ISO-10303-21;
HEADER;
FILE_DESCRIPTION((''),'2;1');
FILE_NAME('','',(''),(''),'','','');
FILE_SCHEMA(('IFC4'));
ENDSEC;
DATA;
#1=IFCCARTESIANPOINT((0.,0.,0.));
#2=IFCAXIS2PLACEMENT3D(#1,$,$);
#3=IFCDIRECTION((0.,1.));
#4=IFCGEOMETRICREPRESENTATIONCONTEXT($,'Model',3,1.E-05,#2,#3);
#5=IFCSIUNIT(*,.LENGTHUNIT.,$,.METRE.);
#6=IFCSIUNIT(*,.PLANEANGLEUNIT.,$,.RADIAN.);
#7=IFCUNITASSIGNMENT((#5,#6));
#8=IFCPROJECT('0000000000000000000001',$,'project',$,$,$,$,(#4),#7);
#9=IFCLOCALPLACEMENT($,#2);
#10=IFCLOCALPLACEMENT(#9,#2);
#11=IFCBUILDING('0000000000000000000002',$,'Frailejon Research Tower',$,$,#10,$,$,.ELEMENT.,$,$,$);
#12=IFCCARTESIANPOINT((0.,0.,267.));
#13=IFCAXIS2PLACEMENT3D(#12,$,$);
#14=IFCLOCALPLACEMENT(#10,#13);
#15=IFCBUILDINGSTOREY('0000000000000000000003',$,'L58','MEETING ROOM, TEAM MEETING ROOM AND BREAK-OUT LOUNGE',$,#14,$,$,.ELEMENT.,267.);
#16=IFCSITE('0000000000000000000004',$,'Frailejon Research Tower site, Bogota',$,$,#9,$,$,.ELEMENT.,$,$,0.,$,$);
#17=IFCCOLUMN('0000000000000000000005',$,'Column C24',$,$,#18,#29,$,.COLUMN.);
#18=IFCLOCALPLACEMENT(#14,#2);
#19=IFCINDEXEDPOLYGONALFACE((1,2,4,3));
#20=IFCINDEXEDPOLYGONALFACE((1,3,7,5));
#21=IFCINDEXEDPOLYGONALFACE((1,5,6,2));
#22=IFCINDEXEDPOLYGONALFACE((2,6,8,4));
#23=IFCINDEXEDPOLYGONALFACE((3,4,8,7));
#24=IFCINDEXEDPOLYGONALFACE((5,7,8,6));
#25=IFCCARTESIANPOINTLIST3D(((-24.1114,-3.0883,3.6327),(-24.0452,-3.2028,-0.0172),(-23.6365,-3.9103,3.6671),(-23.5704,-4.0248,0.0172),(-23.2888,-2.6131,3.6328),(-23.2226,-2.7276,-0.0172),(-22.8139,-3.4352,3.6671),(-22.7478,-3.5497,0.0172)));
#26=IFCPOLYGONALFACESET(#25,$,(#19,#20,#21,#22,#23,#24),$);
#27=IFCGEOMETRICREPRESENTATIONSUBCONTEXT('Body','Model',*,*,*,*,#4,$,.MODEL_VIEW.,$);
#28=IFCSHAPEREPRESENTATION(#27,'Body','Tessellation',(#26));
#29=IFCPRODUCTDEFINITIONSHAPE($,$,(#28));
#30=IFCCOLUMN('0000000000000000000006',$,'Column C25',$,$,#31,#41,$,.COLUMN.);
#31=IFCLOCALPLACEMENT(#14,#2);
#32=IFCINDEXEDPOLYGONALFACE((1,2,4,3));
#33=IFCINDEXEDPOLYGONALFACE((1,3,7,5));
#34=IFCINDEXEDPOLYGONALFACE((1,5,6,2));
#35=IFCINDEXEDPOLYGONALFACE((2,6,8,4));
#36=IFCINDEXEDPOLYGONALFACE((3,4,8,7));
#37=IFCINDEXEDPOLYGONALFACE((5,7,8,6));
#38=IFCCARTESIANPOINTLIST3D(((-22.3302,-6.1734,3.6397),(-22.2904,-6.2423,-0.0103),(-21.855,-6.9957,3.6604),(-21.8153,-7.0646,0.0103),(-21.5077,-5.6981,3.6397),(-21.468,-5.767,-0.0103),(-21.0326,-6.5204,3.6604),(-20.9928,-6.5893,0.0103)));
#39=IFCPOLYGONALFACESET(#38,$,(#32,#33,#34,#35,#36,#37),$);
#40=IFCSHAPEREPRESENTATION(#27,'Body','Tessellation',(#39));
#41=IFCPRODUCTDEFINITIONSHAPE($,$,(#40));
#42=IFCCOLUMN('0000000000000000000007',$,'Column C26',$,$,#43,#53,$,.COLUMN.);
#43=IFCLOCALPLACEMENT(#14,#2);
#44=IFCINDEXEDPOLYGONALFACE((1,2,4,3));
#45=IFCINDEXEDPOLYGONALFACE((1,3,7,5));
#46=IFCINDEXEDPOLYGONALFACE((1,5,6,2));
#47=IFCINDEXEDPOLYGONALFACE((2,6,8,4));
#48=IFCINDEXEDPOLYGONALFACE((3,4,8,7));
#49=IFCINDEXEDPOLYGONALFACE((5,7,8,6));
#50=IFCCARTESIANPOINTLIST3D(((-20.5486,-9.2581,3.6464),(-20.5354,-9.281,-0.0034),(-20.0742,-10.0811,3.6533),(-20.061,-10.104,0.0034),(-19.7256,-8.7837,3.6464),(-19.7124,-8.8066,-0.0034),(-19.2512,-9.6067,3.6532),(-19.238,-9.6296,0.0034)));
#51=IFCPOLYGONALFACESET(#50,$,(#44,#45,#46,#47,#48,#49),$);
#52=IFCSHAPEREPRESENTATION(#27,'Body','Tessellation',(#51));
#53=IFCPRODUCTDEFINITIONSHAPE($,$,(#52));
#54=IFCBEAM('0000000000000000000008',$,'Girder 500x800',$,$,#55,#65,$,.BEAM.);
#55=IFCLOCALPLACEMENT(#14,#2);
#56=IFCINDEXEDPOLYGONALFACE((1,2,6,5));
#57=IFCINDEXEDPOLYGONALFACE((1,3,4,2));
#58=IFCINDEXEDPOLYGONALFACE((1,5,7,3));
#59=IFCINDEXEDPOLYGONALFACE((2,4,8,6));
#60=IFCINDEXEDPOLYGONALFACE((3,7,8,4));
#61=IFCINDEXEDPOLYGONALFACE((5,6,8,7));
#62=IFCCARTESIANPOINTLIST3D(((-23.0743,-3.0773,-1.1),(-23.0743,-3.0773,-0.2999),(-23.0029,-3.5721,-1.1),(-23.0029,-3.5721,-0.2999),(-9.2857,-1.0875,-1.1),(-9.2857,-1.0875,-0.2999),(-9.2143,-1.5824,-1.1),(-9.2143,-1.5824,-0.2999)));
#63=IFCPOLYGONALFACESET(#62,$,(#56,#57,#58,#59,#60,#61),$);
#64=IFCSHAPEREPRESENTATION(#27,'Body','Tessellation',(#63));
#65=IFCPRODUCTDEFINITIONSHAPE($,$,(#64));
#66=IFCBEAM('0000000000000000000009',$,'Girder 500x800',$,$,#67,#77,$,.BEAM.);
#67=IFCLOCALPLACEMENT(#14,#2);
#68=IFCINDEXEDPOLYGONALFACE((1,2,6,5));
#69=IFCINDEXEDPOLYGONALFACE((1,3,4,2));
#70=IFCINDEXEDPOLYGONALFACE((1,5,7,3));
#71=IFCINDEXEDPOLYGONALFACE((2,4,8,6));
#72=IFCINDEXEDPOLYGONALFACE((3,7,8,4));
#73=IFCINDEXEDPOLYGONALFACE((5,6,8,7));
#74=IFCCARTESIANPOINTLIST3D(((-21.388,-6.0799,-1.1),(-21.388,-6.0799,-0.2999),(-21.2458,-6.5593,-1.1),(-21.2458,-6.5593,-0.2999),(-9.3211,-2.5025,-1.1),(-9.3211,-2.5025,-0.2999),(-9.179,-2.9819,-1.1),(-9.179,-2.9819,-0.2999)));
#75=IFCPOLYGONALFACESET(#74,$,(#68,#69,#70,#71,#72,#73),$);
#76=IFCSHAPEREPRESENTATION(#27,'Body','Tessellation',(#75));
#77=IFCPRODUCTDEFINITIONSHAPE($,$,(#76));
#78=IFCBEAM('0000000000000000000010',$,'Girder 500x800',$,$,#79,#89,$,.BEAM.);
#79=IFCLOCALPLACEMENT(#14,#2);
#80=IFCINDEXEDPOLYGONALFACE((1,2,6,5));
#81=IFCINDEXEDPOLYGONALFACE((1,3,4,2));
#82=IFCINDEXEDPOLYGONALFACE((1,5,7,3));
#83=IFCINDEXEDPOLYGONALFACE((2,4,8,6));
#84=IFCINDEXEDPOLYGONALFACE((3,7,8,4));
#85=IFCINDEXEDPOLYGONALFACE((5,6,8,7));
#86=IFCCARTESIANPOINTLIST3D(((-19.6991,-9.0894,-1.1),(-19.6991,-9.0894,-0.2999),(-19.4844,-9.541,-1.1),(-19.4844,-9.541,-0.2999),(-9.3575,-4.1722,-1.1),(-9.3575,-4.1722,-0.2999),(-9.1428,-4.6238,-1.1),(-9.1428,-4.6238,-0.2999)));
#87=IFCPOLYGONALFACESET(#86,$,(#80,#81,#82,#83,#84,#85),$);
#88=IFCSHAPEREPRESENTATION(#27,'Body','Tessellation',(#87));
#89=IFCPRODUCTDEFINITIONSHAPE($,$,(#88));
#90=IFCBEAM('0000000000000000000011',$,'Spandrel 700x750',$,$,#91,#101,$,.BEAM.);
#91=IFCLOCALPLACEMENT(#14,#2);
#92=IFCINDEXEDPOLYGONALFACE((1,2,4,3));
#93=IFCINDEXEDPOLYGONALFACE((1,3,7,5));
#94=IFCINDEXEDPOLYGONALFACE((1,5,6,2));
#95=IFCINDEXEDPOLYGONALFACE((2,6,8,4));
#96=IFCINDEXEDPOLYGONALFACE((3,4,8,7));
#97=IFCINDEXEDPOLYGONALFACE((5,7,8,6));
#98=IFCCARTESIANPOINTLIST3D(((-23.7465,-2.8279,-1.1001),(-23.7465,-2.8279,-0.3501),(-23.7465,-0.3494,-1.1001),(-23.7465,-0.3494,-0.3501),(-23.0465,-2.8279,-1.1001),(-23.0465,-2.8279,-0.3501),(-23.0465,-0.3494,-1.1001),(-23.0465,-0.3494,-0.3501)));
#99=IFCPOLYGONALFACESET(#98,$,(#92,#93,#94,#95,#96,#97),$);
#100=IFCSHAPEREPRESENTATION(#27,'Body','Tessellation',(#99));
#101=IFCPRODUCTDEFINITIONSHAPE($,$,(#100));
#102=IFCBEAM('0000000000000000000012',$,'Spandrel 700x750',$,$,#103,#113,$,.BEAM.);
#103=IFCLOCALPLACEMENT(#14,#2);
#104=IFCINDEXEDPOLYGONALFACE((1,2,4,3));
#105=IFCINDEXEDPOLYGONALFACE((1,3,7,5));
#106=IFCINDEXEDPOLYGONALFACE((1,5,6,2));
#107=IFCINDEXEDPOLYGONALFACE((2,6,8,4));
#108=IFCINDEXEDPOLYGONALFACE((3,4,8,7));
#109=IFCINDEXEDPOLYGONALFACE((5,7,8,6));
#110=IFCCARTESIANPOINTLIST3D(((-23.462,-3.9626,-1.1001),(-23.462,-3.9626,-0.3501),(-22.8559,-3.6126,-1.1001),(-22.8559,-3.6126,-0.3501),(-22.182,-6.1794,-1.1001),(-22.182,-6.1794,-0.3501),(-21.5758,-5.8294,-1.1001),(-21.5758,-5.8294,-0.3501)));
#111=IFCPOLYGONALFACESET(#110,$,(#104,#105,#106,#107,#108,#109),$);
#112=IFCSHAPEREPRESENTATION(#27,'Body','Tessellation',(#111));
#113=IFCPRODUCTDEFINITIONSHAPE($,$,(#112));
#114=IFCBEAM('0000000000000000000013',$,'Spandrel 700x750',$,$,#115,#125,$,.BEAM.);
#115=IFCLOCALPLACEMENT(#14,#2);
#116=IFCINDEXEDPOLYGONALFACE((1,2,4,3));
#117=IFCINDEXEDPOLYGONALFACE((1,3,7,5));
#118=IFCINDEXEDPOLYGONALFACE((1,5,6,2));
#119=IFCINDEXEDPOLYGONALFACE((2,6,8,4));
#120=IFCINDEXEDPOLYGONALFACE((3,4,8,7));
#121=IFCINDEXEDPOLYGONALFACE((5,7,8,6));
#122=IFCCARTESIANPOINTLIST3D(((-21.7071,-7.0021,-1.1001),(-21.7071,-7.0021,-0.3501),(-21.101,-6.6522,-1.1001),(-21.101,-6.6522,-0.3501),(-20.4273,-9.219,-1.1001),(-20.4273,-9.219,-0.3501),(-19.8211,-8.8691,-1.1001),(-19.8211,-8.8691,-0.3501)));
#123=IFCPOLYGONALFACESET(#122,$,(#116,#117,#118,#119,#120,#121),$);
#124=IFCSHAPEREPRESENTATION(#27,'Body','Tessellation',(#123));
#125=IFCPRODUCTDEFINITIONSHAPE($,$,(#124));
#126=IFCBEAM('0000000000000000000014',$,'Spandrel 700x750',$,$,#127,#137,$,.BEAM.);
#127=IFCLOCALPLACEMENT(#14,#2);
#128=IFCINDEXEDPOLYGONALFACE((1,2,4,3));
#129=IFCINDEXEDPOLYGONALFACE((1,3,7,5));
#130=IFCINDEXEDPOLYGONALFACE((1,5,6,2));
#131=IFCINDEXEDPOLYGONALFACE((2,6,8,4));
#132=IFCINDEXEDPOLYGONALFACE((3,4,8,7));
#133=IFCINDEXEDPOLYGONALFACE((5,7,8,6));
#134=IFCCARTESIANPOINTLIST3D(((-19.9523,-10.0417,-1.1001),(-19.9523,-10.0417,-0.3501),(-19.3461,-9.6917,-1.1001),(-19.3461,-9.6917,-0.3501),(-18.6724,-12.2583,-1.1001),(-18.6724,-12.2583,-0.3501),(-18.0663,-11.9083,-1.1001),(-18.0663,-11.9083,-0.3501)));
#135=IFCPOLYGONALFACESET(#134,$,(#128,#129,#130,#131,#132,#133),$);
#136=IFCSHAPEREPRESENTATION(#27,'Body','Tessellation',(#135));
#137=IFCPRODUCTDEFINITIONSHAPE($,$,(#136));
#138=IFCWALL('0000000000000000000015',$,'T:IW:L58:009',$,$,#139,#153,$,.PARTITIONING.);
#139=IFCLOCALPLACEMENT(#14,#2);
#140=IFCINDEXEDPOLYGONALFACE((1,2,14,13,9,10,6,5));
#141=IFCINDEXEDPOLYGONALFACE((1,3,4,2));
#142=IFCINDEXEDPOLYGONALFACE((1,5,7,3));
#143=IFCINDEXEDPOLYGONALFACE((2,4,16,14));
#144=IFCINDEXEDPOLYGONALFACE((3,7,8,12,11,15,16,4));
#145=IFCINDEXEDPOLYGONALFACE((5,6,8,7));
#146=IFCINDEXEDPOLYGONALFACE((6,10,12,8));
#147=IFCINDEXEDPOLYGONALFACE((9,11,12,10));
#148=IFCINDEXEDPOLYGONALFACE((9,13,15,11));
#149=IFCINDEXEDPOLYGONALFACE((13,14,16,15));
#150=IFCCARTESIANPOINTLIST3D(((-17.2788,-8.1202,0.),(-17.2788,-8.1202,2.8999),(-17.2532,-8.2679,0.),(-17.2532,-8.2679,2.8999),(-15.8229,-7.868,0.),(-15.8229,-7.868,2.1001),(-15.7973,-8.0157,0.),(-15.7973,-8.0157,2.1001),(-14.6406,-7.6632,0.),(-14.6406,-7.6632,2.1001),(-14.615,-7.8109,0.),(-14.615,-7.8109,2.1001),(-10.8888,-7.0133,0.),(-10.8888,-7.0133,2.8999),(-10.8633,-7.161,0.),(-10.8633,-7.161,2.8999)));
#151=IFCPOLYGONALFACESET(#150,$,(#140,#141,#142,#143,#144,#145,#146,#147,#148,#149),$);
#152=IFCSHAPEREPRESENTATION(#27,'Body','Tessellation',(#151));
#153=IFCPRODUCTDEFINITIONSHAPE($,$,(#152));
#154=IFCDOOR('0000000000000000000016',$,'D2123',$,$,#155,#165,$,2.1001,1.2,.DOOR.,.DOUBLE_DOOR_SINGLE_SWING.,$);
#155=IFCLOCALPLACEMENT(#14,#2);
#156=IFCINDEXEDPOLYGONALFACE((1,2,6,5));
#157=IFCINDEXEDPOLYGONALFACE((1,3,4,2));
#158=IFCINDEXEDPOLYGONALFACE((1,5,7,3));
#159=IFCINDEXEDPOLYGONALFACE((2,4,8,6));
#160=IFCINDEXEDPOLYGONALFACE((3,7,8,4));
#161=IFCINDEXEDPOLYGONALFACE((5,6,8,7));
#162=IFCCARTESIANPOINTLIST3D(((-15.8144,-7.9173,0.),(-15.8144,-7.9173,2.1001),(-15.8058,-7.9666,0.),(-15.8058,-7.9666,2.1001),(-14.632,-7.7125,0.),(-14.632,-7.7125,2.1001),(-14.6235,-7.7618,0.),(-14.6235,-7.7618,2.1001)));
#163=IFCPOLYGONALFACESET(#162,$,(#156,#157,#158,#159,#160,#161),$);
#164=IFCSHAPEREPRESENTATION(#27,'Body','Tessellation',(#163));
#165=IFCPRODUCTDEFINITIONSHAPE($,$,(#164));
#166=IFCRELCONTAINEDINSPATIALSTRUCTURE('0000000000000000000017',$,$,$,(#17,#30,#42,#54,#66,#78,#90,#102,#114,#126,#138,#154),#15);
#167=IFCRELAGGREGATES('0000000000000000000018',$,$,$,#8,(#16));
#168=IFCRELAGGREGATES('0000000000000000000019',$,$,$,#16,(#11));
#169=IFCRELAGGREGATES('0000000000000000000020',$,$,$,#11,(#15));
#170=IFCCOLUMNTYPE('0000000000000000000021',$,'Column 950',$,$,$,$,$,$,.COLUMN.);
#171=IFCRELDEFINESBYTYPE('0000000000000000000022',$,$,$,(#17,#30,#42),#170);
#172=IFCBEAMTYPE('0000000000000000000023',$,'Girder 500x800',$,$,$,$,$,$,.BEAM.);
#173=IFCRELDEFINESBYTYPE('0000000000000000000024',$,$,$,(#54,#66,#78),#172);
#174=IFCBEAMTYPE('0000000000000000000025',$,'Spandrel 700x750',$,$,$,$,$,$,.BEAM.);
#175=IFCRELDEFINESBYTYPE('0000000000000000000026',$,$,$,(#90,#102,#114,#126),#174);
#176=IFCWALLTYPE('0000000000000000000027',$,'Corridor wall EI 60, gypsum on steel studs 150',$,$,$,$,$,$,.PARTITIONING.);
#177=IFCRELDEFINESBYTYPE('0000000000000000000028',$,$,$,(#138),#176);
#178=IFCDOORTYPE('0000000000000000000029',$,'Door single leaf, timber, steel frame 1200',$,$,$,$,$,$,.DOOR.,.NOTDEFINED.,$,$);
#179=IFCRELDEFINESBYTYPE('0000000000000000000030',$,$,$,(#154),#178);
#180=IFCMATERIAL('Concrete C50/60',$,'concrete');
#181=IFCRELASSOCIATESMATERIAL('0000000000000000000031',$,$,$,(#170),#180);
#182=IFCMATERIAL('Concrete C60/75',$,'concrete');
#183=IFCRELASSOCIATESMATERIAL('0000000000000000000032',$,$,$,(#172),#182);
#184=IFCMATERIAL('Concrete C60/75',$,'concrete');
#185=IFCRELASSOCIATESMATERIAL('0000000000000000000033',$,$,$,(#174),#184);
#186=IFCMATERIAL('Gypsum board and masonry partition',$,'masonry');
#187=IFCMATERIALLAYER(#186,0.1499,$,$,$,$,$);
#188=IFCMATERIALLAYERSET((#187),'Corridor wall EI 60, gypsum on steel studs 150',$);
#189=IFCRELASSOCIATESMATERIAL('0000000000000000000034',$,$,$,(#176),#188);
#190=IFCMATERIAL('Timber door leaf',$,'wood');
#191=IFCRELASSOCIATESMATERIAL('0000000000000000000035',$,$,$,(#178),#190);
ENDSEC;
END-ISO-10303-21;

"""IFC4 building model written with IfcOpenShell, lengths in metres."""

from ifc_helpers import new_model, si_unit, direction, frame, frame_2d, origin, origin_2d, place, context, subcontext, project, spatial, rectangle, extrude, material, layer, layer_set, material_profile, profile_set, type_object, element, fill, save


model = new_model("IFC4")

# Units and contexts
model_context = context("Model", 3, precision=1e-05, world=origin(), true_north=direction((0.0, 1.0)))
body_context = subcontext(model_context, "Body", "Model", "MODEL_VIEW")
ifc_project = project(units=[si_unit("LENGTHUNIT", "METRE"), si_unit("PLANEANGLEUNIT", "RADIAN")], contexts=[model_context])

# Site, building, storey
site_placement = place(None, origin())
site = spatial("IfcSite", under=ifc_project, at=site_placement, Name="Frailejon Research Tower site, Bogota", CompositionType="ELEMENT", RefElevation=0.0)
building_placement = place(site_placement, origin())
building = spatial("IfcBuilding", under=site, at=building_placement, Name="Frailejon Research Tower", CompositionType="ELEMENT")
storey_placement = place(building_placement, frame((0.0, 0.0, 267.0)))
storey = spatial("IfcBuildingStorey", under=building, at=storey_placement, Name="L58", Description="MEETING ROOM, TEAM MEETING ROOM AND BREAK-OUT LOUNGE", CompositionType="ELEMENT", Elevation=267.0)

# Columns
ifc_material_1 = material(Name="Concrete C50/60", Category="concrete")
ifc_material_profile_1 = material_profile(ifc_material_1, rectangle(XDim=0.95, YDim=0.95, at=origin_2d()), Name="Column 950")
ifc_profile_set_1 = profile_set([ifc_material_profile_1], Name="Concrete C50/60")
column_type = type_object("IfcColumnType", Name="Column 950", PredefinedType="COLUMN", material=ifc_profile_set_1)
column_1_placement = place(storey_placement, frame((-23.3965, -3.3762, 0.0), z_axis=(-0.018115, 0.031351, 0.999344), x_axis=(0.49984, -0.865361, 0.036208)))
element("IfcColumn", 1, at=column_1_placement, inside=storey, type_object=column_type, Name="Column C24", PredefinedType="COLUMN", context=body_context, shape_type="SweptSolid", body=[
    extrude(rectangle(XDim=0.95, YDim=0.95, at=origin_2d()), origin(), (0.0, 0.0, 1.0), 3.6523),
])
column_2_placement = place(storey_placement, frame((-21.6416, -6.4158, 0.0), z_axis=(-0.0109, 0.018858, 0.999763), x_axis=(0.500226, -0.865621, 0.021782)))
element("IfcColumn", 2, at=column_2_placement, inside=storey, type_object=column_type, Name="Column C25", PredefinedType="COLUMN", context=body_context, shape_type="SweptSolid", body=[
    extrude(rectangle(XDim=0.95, YDim=0.95, at=origin_2d()), origin(), (0.0, 0.0, 1.0), 3.6509),
])
column_3_placement = place(storey_placement, frame((-19.8867, -9.4553, 0.0), z_axis=(-0.003612, 0.006287, 0.999974), x_axis=(0.499382, -0.866352, 0.007251)))
element("IfcColumn", 3, at=column_3_placement, inside=storey, type_object=column_type, Name="Column C26", PredefinedType="COLUMN", context=body_context, shape_type="SweptSolid", body=[
    extrude(rectangle(XDim=0.95, YDim=0.95, at=origin_2d()), origin(), (0.0, 0.0, 1.0), 3.6499),
])

# Beams
ifc_material_2 = material(Name="Concrete C60/75", Category="concrete")
ifc_material_profile_2 = material_profile(ifc_material_2, rectangle(XDim=0.5, YDim=0.8, at=origin_2d()), Name="Girder 500x800")
ifc_profile_set_2 = profile_set([ifc_material_profile_2], Name="Concrete C60/75")
beam_type_1 = type_object("IfcBeamType", Name="Girder 500x800", PredefinedType="BEAM", material=ifc_profile_set_2)
beam_1_placement = place(storey_placement, frame((-23.0386, -3.3247, -0.7), z_axis=(0.989748, 0.142825, 0.0), x_axis=(-0.142825, 0.989748, 0.0)))
element("IfcBeam", 4, at=beam_1_placement, inside=storey, type_object=beam_type_1, Name="Girder 500x800", PredefinedType="BEAM", context=body_context, shape_type="SweptSolid", body=[
    extrude(rectangle(XDim=0.5, YDim=0.8, at=origin_2d()), origin(), (0.0, 0.0, 1.0), 13.9314),
])
beam_2_placement = place(storey_placement, frame((-21.3169, -6.3196, -0.7), z_axis=(0.958754, 0.284236, 0.0), x_axis=(-0.284236, 0.958754, 0.0)))
element("IfcBeam", 5, at=beam_2_placement, inside=storey, type_object=beam_type_1, Name="Girder 500x800", PredefinedType="BEAM", context=body_context, shape_type="SweptSolid", body=[
    extrude(rectangle(XDim=0.5, YDim=0.8, at=origin_2d()), origin(), (0.0, 0.0, 1.0), 12.5859),
])
beam_3_placement = place(storey_placement, frame((-19.5918, -9.3152, -0.7), z_axis=(0.903112, 0.429405, 0.0), x_axis=(-0.429405, 0.903112, 0.0)))
element("IfcBeam", 6, at=beam_3_placement, inside=storey, type_object=beam_type_1, Name="Girder 500x800", PredefinedType="BEAM", context=body_context, shape_type="SweptSolid", body=[
    extrude(rectangle(XDim=0.5, YDim=0.8, at=origin_2d()), origin(), (0.0, 0.0, 1.0), 11.4512),
])
ifc_material_3 = material(Name="Concrete C60/75", Category="concrete")
ifc_material_profile_3 = material_profile(ifc_material_3, rectangle(XDim=0.7, YDim=0.75, at=origin_2d()), Name="Spandrel 700x750")
ifc_profile_set_3 = profile_set([ifc_material_profile_3], Name="Concrete C60/75")
beam_type_2 = type_object("IfcBeamType", Name="Spandrel 700x750", PredefinedType="BEAM", material=ifc_profile_set_3)
beam_4_placement = place(storey_placement, frame((-23.3965, -0.3494, -0.7251), z_axis=(0.0, -1.0, 0.0), x_axis=(1.0, 0.0, 0.0)))
element("IfcBeam", 7, at=beam_4_placement, inside=storey, type_object=beam_type_2, Name="Spandrel 700x750", PredefinedType="BEAM", context=body_context, shape_type="SweptSolid", body=[
    extrude(rectangle(XDim=0.7, YDim=0.75, at=origin_2d()), origin(), (0.0, 0.0, 1.0), 2.4785),
])
for number, where, z_axis, x_axis, name in (
    (8, (-23.1589, -3.7876, -0.7251), (0.500047, -0.865998, 0.0), (0.865998, 0.500047, 0.0), "Spandrel 700x750"),
    (9, (-21.4041, -6.8271, -0.7251), (0.499976, -0.866039, 0.0), (0.866039, 0.499976, 0.0), "Spandrel 700x750"),
):
    element("IfcBeam", number, at=place(storey_placement, frame(where, z_axis=z_axis, x_axis=x_axis)), inside=storey, type_object=beam_type_2, Name=name, PredefinedType="BEAM", context=body_context, shape_type="SweptSolid", body=[
        extrude(rectangle(XDim=0.7, YDim=0.75, at=origin_2d()), origin(), (0.0, 0.0, 1.0), 2.5598),
    ])
beam_5_placement = place(storey_placement, frame((-19.6492, -9.8667, -0.7251), z_axis=(0.500017, -0.866016, 0.0), x_axis=(0.866016, 0.500017, 0.0)))
element("IfcBeam", 10, at=beam_5_placement, inside=storey, type_object=beam_type_2, Name="Spandrel 700x750", PredefinedType="BEAM", context=body_context, shape_type="SweptSolid", body=[
    extrude(rectangle(XDim=0.7, YDim=0.75, at=origin_2d()), origin(), (0.0, 0.0, 1.0), 2.5596),
])

# Wall, opening, door
ifc_material_4 = material(Name="Gypsum board and masonry partition", Category="masonry")
ifc_layer_1 = layer(ifc_material_4, 0.1499)
ifc_layer_set_1 = layer_set([ifc_layer_1], Name="Corridor wall EI 60, gypsum on steel studs 150")
wall_type_1 = type_object("IfcWallType", Name="Corridor wall EI 60, gypsum on steel studs 150", PredefinedType="PARTITIONING", material=ifc_layer_set_1)
wall_1_placement = place(storey_placement, frame((-17.2661, -8.1941, 0.0), z_axis=(0.0, 0.0, 1.0), x_axis=(0.985325, 0.17069, 0.0)))
wall_1 = element("IfcWall", 11, at=wall_1_placement, inside=storey, type_object=wall_type_1, Name="T:IW:L58:009", PredefinedType="PARTITIONING", context=body_context, shape_type="SweptSolid", body=[
    extrude(rectangle(XDim=6.4851, YDim=0.1499, at=frame_2d((3.2427, 0.0))), origin(), (0.0, 0.0, 1.0), 2.8999),
])
opening_1_placement = place(wall_1_placement, frame((1.4775, 0.0, 0.0)))
opening_1 = element("IfcOpeningElement", 12, at=opening_1_placement, cuts=wall_1, PredefinedType="OPENING", context=body_context, shape_type="SweptSolid", body=[
    extrude(rectangle(XDim=1.2, YDim=2.1001, at=frame_2d((0.6001, 1.05))), frame((0.0, 0.085, 0.0), z_axis=(0.0, -1.0, 0.0), x_axis=(1.0, 0.0, 0.0)), (0.0, 0.0, 1.0), 0.1699),
])
ifc_material_5 = material(Name="Timber door leaf", Category="wood")
door_type_1 = type_object("IfcDoorType", Name="Door single leaf, timber, steel frame 1200", OperationType="NOTDEFINED", PredefinedType="DOOR", material=ifc_material_5)
door_1_placement = place(opening_1_placement, origin())
door_1 = element("IfcDoor", 13, at=door_1_placement, inside=storey, type_object=door_type_1, Name="D2123", OperationType="DOUBLE_DOOR_SINGLE_SWING", OverallHeight=2.1001, OverallWidth=1.2, PredefinedType="DOOR", context=body_context, shape_type="SweptSolid", body=[
    extrude(rectangle(XDim=1.2, YDim=2.1001, at=frame_2d((0.6001, 1.05))), frame((0.0, 0.0249, 0.0), z_axis=(0.0, -1.0, 0.0), x_axis=(1.0, 0.0, 0.0)), (0.0, 0.0, 1.0), 0.05),
])
fill(opening_1, door_1)

save(model, "model.ifc")
